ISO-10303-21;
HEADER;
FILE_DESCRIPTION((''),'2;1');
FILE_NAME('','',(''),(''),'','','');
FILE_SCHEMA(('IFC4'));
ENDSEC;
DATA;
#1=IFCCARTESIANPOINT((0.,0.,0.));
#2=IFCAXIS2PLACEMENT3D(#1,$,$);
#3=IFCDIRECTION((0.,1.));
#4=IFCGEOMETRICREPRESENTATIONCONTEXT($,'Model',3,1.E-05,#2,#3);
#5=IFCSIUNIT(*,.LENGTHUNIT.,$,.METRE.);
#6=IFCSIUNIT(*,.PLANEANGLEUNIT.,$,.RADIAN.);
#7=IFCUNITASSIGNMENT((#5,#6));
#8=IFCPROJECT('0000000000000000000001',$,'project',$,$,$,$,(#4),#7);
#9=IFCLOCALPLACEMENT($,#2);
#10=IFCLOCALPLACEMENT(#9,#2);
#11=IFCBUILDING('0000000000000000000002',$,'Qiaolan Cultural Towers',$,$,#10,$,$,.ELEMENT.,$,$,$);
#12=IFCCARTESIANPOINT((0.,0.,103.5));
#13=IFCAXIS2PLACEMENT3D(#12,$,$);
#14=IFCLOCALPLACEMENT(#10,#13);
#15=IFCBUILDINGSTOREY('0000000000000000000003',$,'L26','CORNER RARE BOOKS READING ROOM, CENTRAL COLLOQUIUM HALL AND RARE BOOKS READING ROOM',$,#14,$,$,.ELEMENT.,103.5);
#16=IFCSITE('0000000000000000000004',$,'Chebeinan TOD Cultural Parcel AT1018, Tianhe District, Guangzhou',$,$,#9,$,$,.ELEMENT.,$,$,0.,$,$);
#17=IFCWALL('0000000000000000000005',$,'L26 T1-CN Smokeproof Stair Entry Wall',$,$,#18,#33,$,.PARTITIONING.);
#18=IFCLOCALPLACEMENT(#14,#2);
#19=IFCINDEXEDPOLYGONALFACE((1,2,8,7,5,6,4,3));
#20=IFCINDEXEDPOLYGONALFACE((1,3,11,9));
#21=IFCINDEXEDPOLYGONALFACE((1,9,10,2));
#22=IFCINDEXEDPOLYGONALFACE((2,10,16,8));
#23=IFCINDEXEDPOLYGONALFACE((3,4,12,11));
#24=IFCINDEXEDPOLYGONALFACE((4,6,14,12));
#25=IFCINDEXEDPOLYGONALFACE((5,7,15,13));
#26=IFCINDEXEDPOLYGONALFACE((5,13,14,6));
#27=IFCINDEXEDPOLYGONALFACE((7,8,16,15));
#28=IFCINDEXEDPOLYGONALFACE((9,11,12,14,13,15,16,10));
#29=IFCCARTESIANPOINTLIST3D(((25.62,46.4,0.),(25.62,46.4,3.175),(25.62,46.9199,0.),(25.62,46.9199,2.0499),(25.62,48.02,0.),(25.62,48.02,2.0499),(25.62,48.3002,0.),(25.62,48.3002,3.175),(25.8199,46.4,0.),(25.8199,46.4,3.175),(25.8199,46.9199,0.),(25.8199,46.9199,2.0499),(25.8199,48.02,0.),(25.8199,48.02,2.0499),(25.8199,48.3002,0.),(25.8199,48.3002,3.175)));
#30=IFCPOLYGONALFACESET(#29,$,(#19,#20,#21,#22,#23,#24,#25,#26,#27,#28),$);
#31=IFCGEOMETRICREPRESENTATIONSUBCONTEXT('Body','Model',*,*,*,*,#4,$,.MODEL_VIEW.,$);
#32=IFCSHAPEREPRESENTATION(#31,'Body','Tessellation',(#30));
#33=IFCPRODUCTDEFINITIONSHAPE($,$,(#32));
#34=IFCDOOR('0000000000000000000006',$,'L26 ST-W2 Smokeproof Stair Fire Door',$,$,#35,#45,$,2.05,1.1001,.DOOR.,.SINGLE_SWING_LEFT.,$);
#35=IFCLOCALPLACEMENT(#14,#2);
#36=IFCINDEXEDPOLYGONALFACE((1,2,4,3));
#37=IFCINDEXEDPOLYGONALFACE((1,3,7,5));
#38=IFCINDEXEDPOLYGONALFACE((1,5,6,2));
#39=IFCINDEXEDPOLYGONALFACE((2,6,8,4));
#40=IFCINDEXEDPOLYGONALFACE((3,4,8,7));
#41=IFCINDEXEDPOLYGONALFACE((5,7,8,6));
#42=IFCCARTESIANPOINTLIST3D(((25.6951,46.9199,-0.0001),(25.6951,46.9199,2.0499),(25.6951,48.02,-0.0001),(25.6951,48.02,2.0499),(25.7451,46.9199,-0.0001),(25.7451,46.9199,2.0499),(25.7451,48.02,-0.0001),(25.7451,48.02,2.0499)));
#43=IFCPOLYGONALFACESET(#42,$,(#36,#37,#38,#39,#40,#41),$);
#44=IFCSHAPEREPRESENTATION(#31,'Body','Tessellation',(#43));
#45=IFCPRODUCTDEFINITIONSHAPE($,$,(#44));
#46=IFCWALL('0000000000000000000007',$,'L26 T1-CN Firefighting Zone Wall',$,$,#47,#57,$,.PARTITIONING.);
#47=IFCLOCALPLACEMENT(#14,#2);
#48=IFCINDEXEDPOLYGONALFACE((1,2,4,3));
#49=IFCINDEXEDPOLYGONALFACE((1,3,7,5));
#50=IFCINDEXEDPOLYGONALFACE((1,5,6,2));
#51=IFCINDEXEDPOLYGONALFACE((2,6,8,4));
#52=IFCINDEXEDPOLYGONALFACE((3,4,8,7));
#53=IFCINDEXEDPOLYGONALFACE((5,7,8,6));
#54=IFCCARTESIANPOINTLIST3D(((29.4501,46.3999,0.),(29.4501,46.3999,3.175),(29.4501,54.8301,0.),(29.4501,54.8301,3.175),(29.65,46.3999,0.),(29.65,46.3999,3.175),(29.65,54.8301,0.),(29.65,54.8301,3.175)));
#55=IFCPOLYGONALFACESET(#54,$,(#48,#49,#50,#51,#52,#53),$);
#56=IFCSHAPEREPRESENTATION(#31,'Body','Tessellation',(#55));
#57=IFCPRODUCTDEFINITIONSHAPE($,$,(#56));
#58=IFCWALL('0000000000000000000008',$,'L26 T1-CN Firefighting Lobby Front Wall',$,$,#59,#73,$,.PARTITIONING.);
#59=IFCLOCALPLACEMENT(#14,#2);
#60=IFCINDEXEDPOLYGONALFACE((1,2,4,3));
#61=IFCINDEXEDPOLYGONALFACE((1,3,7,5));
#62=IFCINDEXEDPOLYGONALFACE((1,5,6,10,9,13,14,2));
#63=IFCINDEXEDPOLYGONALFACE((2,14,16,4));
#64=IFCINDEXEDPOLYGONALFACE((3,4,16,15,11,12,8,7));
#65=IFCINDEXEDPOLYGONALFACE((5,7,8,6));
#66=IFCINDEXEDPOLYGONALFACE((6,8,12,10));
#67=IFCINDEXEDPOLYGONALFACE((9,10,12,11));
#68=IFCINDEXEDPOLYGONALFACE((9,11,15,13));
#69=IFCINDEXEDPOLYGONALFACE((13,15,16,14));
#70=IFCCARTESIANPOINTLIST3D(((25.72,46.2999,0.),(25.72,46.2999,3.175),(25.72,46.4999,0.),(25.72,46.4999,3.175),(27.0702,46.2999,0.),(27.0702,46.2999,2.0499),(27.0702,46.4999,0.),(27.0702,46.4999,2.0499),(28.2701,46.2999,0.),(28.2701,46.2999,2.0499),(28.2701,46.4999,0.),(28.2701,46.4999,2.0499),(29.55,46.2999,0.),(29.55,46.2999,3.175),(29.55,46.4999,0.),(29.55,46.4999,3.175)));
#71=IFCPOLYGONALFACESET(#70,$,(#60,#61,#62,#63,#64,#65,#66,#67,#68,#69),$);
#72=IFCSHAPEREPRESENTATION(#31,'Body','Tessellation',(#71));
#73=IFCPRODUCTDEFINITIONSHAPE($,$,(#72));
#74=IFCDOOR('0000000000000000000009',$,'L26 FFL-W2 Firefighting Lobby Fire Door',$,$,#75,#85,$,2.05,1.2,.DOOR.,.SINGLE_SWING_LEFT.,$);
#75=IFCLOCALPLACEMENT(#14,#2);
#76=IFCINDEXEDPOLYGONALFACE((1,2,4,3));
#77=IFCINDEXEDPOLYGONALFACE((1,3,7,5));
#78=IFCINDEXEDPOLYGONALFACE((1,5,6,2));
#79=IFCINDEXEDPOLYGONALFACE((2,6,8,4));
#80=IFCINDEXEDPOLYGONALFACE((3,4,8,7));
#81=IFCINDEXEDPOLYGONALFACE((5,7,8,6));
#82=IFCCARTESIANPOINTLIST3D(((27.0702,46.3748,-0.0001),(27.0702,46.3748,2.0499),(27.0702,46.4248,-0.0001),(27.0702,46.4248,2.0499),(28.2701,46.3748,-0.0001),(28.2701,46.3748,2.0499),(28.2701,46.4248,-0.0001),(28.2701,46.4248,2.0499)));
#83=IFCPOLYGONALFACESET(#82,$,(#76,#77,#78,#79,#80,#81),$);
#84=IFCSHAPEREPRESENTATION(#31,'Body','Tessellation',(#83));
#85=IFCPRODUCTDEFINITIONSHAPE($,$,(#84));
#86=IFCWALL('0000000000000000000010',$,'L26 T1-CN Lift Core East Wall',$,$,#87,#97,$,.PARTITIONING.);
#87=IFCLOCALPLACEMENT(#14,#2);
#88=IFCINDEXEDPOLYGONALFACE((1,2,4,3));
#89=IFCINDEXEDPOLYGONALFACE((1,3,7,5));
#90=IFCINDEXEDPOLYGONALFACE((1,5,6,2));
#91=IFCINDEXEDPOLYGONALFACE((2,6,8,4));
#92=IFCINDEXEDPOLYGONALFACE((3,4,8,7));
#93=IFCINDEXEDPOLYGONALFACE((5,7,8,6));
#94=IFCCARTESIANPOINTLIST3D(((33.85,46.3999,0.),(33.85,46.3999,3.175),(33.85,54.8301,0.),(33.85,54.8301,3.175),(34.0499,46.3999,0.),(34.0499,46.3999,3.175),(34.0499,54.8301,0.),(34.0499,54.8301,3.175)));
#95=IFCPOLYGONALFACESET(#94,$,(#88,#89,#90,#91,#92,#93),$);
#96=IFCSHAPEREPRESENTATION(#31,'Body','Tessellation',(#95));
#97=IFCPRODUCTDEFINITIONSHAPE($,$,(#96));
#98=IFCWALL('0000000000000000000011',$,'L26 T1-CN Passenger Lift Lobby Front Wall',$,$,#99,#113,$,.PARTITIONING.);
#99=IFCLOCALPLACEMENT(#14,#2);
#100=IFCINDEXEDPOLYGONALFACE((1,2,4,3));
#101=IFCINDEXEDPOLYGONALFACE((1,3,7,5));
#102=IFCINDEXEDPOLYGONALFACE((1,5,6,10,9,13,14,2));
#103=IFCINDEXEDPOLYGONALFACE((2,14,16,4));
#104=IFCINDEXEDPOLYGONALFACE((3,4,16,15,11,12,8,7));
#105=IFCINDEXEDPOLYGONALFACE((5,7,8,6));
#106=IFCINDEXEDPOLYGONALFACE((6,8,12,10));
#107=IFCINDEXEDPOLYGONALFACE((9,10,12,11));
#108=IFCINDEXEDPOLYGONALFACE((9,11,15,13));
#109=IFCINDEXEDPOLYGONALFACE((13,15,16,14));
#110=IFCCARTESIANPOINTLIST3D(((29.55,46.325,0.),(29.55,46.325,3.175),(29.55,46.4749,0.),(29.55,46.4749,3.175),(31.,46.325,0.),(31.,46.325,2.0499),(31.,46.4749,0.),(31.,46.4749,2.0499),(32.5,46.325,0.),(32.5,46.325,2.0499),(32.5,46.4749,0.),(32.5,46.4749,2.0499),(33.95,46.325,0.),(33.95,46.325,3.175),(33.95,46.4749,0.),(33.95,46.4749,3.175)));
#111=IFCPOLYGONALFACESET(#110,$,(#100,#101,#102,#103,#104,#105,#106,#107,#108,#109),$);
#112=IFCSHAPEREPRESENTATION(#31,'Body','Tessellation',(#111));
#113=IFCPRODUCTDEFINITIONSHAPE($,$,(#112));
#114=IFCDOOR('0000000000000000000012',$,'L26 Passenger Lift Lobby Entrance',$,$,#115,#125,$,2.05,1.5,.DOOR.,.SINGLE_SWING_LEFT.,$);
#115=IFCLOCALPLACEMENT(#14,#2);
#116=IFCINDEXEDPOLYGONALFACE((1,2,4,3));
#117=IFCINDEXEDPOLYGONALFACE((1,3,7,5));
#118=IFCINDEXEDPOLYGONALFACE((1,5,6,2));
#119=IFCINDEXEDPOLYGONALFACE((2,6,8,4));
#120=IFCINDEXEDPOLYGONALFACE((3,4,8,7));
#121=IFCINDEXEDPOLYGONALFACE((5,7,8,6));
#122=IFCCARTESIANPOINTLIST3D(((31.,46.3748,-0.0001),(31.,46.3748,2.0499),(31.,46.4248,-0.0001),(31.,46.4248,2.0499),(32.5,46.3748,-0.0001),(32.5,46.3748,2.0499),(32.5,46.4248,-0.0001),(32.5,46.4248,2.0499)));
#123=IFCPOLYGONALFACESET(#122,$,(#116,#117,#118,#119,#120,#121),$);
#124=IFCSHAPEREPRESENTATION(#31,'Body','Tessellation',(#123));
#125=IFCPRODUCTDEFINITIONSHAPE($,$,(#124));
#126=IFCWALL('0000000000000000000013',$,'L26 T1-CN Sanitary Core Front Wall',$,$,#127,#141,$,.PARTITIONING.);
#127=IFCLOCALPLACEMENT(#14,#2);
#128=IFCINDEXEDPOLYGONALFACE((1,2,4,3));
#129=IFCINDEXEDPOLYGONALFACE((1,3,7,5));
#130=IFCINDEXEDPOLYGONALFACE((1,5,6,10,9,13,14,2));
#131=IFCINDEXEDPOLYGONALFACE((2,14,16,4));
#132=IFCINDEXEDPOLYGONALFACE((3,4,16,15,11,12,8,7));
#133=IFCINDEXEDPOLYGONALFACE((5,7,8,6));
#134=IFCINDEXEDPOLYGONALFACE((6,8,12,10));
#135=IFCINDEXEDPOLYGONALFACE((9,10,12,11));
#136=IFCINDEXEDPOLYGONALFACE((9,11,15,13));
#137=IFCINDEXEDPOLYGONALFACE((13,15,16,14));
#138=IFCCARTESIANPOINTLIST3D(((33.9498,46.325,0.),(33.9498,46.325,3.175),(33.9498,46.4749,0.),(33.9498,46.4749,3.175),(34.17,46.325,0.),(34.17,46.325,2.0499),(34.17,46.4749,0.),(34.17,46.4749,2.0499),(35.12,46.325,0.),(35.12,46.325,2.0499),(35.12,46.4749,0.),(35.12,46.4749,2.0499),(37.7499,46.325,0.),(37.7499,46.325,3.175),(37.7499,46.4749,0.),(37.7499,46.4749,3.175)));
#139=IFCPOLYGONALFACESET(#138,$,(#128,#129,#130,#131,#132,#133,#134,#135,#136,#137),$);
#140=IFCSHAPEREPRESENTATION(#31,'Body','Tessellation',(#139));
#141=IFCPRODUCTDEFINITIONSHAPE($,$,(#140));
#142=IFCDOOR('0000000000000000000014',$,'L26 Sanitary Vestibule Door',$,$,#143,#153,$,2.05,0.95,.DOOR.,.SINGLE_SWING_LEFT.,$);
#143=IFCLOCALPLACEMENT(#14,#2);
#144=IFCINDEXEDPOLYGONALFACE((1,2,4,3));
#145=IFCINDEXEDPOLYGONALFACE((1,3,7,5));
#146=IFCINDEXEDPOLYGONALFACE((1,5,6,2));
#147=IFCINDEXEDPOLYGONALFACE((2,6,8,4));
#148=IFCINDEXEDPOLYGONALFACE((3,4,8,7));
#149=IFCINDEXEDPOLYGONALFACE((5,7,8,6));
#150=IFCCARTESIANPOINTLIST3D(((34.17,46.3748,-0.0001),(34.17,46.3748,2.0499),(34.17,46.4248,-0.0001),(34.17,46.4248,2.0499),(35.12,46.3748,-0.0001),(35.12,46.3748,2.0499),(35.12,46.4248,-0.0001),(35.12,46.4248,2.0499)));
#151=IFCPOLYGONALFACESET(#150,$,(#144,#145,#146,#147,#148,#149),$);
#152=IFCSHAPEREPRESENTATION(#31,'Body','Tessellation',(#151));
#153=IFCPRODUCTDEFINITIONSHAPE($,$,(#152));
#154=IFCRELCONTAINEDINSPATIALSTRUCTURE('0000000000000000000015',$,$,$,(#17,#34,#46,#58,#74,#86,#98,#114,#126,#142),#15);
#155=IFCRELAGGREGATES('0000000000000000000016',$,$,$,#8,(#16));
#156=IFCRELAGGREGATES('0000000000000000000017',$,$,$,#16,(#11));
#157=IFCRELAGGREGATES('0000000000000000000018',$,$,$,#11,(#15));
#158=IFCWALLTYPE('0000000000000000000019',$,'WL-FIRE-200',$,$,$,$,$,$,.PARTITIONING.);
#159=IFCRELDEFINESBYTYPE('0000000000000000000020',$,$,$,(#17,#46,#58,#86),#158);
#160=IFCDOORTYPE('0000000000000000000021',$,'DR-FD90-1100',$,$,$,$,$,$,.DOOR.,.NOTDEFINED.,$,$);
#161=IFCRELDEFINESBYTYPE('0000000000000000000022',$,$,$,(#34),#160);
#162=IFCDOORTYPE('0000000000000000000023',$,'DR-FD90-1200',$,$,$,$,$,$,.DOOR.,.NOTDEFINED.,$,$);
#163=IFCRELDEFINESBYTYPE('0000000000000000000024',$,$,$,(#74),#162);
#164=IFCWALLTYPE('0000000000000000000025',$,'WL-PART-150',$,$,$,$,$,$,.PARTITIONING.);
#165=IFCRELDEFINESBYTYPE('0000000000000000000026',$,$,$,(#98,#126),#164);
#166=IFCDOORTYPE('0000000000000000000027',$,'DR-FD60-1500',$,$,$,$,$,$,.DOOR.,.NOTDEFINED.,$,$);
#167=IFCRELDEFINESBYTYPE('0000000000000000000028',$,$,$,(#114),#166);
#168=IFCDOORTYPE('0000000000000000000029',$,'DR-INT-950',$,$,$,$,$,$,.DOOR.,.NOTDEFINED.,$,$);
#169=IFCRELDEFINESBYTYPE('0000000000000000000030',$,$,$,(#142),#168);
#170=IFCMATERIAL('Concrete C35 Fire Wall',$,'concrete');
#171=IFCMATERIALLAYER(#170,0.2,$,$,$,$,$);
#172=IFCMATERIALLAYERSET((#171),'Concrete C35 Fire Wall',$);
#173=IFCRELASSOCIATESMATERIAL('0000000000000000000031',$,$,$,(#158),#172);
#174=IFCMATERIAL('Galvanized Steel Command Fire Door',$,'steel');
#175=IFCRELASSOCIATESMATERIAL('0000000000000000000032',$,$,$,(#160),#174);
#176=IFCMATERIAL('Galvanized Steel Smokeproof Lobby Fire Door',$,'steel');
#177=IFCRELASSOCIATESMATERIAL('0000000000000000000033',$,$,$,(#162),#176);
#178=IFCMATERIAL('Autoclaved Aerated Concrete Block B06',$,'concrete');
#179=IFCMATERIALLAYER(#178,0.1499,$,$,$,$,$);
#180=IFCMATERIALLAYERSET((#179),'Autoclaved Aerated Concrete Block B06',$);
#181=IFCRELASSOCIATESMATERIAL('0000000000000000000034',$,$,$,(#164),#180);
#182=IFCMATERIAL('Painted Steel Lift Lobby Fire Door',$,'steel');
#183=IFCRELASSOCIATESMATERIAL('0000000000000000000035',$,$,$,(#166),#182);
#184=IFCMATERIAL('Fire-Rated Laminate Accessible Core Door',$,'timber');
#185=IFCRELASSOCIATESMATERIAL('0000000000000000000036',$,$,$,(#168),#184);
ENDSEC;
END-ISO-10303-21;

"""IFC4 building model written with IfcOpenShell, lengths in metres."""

from ifc_helpers import new_model, si_unit, direction, frame, frame_2d, origin, place, context, subcontext, project, spatial, rectangle, extrude, material, layer, layer_set, type_object, element, fill, save


model = new_model("IFC4")

# Units and contexts
model_context = context("Model", 3, precision=1e-05, world=origin(), true_north=direction((0.0, 1.0)))
body_context = subcontext(model_context, "Body", "Model", "MODEL_VIEW")
ifc_project = project(units=[si_unit("LENGTHUNIT", "METRE"), si_unit("PLANEANGLEUNIT", "RADIAN")], contexts=[model_context])

# Site, building, storey
site_placement = place(None, origin())
site = spatial("IfcSite", under=ifc_project, at=site_placement, Name="Chebeinan TOD Cultural Parcel AT1018, Tianhe District, Guangzhou", CompositionType="ELEMENT", RefElevation=0.0)
building_placement = place(site_placement, origin())
building = spatial("IfcBuilding", under=site, at=building_placement, Name="Qiaolan Cultural Towers", CompositionType="ELEMENT")
storey_placement = place(building_placement, frame((0.0, 0.0, 103.5)))
storey = spatial("IfcBuildingStorey", under=building, at=storey_placement, Name="L26", Description="CORNER RARE BOOKS READING ROOM, CENTRAL COLLOQUIUM HALL AND RARE BOOKS READING ROOM", CompositionType="ELEMENT", Elevation=103.5)

# Wall, opening, door
ifc_material_1 = material(Name="Concrete C35 Fire Wall", Category="concrete")
ifc_layer_1 = layer(ifc_material_1, 0.2)
ifc_layer_set_1 = layer_set([ifc_layer_1], Name="Concrete C35 Fire Wall")
wall_type_1 = type_object("IfcWallType", Name="WL-FIRE-200", PredefinedType="PARTITIONING", material=ifc_layer_set_1)
wall_1_placement = place(storey_placement, frame((25.72, 46.3999, 0.0), z_axis=(0.0, 0.0, 1.0), x_axis=(0.0, 1.0, 0.0)))
wall_1 = element("IfcWall", 1, at=wall_1_placement, inside=storey, type_object=wall_type_1, Name="L26 T1-CN Smokeproof Stair Entry Wall", PredefinedType="PARTITIONING", context=body_context, shape_type="SweptSolid", body=[
    extrude(rectangle(XDim=1.9001, YDim=0.2, at=frame_2d((0.9502, 0.0))), origin(), (0.0, 0.0, 1.0), 3.175),
])
opening_1_placement = place(wall_1_placement, frame((0.52, 0.0, 0.0)))
opening_1 = element("IfcOpeningElement", 2, at=opening_1_placement, cuts=wall_1, PredefinedType="OPENING", context=body_context, shape_type="SweptSolid", body=[
    extrude(rectangle(XDim=1.1001, YDim=2.05, at=frame_2d((0.55, 1.0249))), frame((0.0, 0.1099, 0.0), z_axis=(0.0, -1.0, 0.0), x_axis=(1.0, 0.0, 0.0)), (0.0, 0.0, 1.0), 0.22),
])
ifc_material_2 = material(Name="Galvanized Steel Command Fire Door", Category="steel")
door_type_1 = type_object("IfcDoorType", Name="DR-FD90-1100", OperationType="NOTDEFINED", PredefinedType="DOOR", material=ifc_material_2)
door_1_placement = place(opening_1_placement, origin())
door_1 = element("IfcDoor", 3, at=door_1_placement, inside=storey, type_object=door_type_1, Name="L26 ST-W2 Smokeproof Stair Fire Door", OperationType="SINGLE_SWING_LEFT", OverallHeight=2.05, OverallWidth=1.1001, PredefinedType="DOOR", context=body_context, shape_type="SweptSolid", body=[
    extrude(rectangle(XDim=1.1001, YDim=2.05, at=frame_2d((0.55, 1.0249))), frame((0.0, 0.0249, 0.0), z_axis=(0.0, -1.0, 0.0), x_axis=(1.0, 0.0, 0.0)), (0.0, 0.0, 1.0), 0.05),
])
fill(opening_1, door_1)

# Wall
wall_2_placement = place(storey_placement, frame((29.55, 46.3999, 0.0), z_axis=(0.0, 0.0, 1.0), x_axis=(0.0, 1.0, 0.0)))
element("IfcWall", 4, at=wall_2_placement, inside=storey, type_object=wall_type_1, Name="L26 T1-CN Firefighting Zone Wall", PredefinedType="PARTITIONING", context=body_context, shape_type="SweptSolid", body=[
    extrude(rectangle(XDim=8.4302, YDim=0.2, at=frame_2d((4.2151, 0.0))), origin(), (0.0, 0.0, 1.0), 3.175),
])

# Wall, opening, door
wall_3_placement = place(storey_placement, frame((25.72, 46.3999, 0.0), z_axis=(0.0, 0.0, 1.0), x_axis=(1.0, 0.0, 0.0)))
wall_3 = element("IfcWall", 5, at=wall_3_placement, inside=storey, type_object=wall_type_1, Name="L26 T1-CN Firefighting Lobby Front Wall", PredefinedType="PARTITIONING", context=body_context, shape_type="SweptSolid", body=[
    extrude(rectangle(XDim=3.8301, YDim=0.2, at=frame_2d((1.915, 0.0))), origin(), (0.0, 0.0, 1.0), 3.175),
])
opening_2_placement = place(wall_3_placement, frame((1.3501, 0.0, 0.0)))
opening_2 = element("IfcOpeningElement", 6, at=opening_2_placement, cuts=wall_3, PredefinedType="OPENING", context=body_context, shape_type="SweptSolid", body=[
    extrude(rectangle(XDim=1.2, YDim=2.05, at=frame_2d((0.6001, 1.0249))), frame((0.0, 0.1099, 0.0), z_axis=(0.0, -1.0, 0.0), x_axis=(1.0, 0.0, 0.0)), (0.0, 0.0, 1.0), 0.22),
])
ifc_material_3 = material(Name="Galvanized Steel Smokeproof Lobby Fire Door", Category="steel")
door_type_2 = type_object("IfcDoorType", Name="DR-FD90-1200", OperationType="NOTDEFINED", PredefinedType="DOOR", material=ifc_material_3)
door_2_placement = place(opening_2_placement, origin())
door_2 = element("IfcDoor", 7, at=door_2_placement, inside=storey, type_object=door_type_2, Name="L26 FFL-W2 Firefighting Lobby Fire Door", OperationType="SINGLE_SWING_LEFT", OverallHeight=2.05, OverallWidth=1.2, PredefinedType="DOOR", context=body_context, shape_type="SweptSolid", body=[
    extrude(rectangle(XDim=1.2, YDim=2.05, at=frame_2d((0.6001, 1.0249))), frame((0.0, 0.0249, 0.0), z_axis=(0.0, -1.0, 0.0), x_axis=(1.0, 0.0, 0.0)), (0.0, 0.0, 1.0), 0.05),
])
fill(opening_2, door_2)

# Wall
wall_4_placement = place(storey_placement, frame((33.95, 46.3999, 0.0), z_axis=(0.0, 0.0, 1.0), x_axis=(0.0, 1.0, 0.0)))
element("IfcWall", 8, at=wall_4_placement, inside=storey, type_object=wall_type_1, Name="L26 T1-CN Lift Core East Wall", PredefinedType="PARTITIONING", context=body_context, shape_type="SweptSolid", body=[
    extrude(rectangle(XDim=8.4302, YDim=0.2, at=frame_2d((4.2151, 0.0))), origin(), (0.0, 0.0, 1.0), 3.175),
])

# Walls, openings, doors
ifc_material_4 = material(Name="Autoclaved Aerated Concrete Block B06", Category="concrete")
ifc_layer_2 = layer(ifc_material_4, 0.1499)
ifc_layer_set_2 = layer_set([ifc_layer_2], Name="Autoclaved Aerated Concrete Block B06")
wall_type_2 = type_object("IfcWallType", Name="WL-PART-150", PredefinedType="PARTITIONING", material=ifc_layer_set_2)
wall_5_placement = place(storey_placement, frame((29.55, 46.3999, 0.0), z_axis=(0.0, 0.0, 1.0), x_axis=(1.0, 0.0, 0.0)))
wall_5 = element("IfcWall", 9, at=wall_5_placement, inside=storey, type_object=wall_type_2, Name="L26 T1-CN Passenger Lift Lobby Front Wall", PredefinedType="PARTITIONING", context=body_context, shape_type="SweptSolid", body=[
    extrude(rectangle(XDim=4.3999, YDim=0.1499, at=frame_2d((2.2, 0.0))), origin(), (0.0, 0.0, 1.0), 3.175),
])
opening_3_placement = place(wall_5_placement, frame((1.45, 0.0, 0.0)))
opening_3 = element("IfcOpeningElement", 10, at=opening_3_placement, cuts=wall_5, PredefinedType="OPENING", context=body_context, shape_type="SweptSolid", body=[
    extrude(rectangle(XDim=1.5, YDim=2.05, at=frame_2d((0.75, 1.0249))), frame((0.0, 0.085, 0.0), z_axis=(0.0, -1.0, 0.0), x_axis=(1.0, 0.0, 0.0)), (0.0, 0.0, 1.0), 0.1699),
])
ifc_material_5 = material(Name="Painted Steel Lift Lobby Fire Door", Category="steel")
door_type_3 = type_object("IfcDoorType", Name="DR-FD60-1500", OperationType="NOTDEFINED", PredefinedType="DOOR", material=ifc_material_5)
door_3_placement = place(opening_3_placement, origin())
door_3 = element("IfcDoor", 11, at=door_3_placement, inside=storey, type_object=door_type_3, Name="L26 Passenger Lift Lobby Entrance", OperationType="SINGLE_SWING_LEFT", OverallHeight=2.05, OverallWidth=1.5, PredefinedType="DOOR", context=body_context, shape_type="SweptSolid", body=[
    extrude(rectangle(XDim=1.5, YDim=2.05, at=frame_2d((0.75, 1.0249))), frame((0.0, 0.0249, 0.0), z_axis=(0.0, -1.0, 0.0), x_axis=(1.0, 0.0, 0.0)), (0.0, 0.0, 1.0), 0.05),
])
fill(opening_3, door_3)
wall_6_placement = place(storey_placement, frame((33.95, 46.3999, 0.0), z_axis=(0.0, 0.0, 1.0), x_axis=(1.0, 0.0, 0.0)))
wall_6 = element("IfcWall", 12, at=wall_6_placement, inside=storey, type_object=wall_type_2, Name="L26 T1-CN Sanitary Core Front Wall", PredefinedType="PARTITIONING", context=body_context, shape_type="SweptSolid", body=[
    extrude(rectangle(XDim=3.8, YDim=0.1499, at=frame_2d((1.8999, 0.0))), origin(), (0.0, 0.0, 1.0), 3.175),
])
opening_4_placement = place(wall_6_placement, frame((0.22, 0.0, 0.0)))
opening_4 = element("IfcOpeningElement", 13, at=opening_4_placement, cuts=wall_6, PredefinedType="OPENING", context=body_context, shape_type="SweptSolid", body=[
    extrude(rectangle(XDim=0.95, YDim=2.05, at=frame_2d((0.4751, 1.0249))), frame((0.0, 0.085, 0.0), z_axis=(0.0, -1.0, 0.0), x_axis=(1.0, 0.0, 0.0)), (0.0, 0.0, 1.0), 0.1699),
])
ifc_material_6 = material(Name="Fire-Rated Laminate Accessible Core Door", Category="timber")
door_type_4 = type_object("IfcDoorType", Name="DR-INT-950", OperationType="NOTDEFINED", PredefinedType="DOOR", material=ifc_material_6)
door_4_placement = place(opening_4_placement, origin())
door_4 = element("IfcDoor", 14, at=door_4_placement, inside=storey, type_object=door_type_4, Name="L26 Sanitary Vestibule Door", OperationType="SINGLE_SWING_LEFT", OverallHeight=2.05, OverallWidth=0.95, PredefinedType="DOOR", context=body_context, shape_type="SweptSolid", body=[
    extrude(rectangle(XDim=0.95, YDim=2.05, at=frame_2d((0.4751, 1.0249))), frame((0.0, 0.0249, 0.0), z_axis=(0.0, -1.0, 0.0), x_axis=(1.0, 0.0, 0.0)), (0.0, 0.0, 1.0), 0.05),
])
fill(opening_4, door_4)

save(model, "model.ifc")
